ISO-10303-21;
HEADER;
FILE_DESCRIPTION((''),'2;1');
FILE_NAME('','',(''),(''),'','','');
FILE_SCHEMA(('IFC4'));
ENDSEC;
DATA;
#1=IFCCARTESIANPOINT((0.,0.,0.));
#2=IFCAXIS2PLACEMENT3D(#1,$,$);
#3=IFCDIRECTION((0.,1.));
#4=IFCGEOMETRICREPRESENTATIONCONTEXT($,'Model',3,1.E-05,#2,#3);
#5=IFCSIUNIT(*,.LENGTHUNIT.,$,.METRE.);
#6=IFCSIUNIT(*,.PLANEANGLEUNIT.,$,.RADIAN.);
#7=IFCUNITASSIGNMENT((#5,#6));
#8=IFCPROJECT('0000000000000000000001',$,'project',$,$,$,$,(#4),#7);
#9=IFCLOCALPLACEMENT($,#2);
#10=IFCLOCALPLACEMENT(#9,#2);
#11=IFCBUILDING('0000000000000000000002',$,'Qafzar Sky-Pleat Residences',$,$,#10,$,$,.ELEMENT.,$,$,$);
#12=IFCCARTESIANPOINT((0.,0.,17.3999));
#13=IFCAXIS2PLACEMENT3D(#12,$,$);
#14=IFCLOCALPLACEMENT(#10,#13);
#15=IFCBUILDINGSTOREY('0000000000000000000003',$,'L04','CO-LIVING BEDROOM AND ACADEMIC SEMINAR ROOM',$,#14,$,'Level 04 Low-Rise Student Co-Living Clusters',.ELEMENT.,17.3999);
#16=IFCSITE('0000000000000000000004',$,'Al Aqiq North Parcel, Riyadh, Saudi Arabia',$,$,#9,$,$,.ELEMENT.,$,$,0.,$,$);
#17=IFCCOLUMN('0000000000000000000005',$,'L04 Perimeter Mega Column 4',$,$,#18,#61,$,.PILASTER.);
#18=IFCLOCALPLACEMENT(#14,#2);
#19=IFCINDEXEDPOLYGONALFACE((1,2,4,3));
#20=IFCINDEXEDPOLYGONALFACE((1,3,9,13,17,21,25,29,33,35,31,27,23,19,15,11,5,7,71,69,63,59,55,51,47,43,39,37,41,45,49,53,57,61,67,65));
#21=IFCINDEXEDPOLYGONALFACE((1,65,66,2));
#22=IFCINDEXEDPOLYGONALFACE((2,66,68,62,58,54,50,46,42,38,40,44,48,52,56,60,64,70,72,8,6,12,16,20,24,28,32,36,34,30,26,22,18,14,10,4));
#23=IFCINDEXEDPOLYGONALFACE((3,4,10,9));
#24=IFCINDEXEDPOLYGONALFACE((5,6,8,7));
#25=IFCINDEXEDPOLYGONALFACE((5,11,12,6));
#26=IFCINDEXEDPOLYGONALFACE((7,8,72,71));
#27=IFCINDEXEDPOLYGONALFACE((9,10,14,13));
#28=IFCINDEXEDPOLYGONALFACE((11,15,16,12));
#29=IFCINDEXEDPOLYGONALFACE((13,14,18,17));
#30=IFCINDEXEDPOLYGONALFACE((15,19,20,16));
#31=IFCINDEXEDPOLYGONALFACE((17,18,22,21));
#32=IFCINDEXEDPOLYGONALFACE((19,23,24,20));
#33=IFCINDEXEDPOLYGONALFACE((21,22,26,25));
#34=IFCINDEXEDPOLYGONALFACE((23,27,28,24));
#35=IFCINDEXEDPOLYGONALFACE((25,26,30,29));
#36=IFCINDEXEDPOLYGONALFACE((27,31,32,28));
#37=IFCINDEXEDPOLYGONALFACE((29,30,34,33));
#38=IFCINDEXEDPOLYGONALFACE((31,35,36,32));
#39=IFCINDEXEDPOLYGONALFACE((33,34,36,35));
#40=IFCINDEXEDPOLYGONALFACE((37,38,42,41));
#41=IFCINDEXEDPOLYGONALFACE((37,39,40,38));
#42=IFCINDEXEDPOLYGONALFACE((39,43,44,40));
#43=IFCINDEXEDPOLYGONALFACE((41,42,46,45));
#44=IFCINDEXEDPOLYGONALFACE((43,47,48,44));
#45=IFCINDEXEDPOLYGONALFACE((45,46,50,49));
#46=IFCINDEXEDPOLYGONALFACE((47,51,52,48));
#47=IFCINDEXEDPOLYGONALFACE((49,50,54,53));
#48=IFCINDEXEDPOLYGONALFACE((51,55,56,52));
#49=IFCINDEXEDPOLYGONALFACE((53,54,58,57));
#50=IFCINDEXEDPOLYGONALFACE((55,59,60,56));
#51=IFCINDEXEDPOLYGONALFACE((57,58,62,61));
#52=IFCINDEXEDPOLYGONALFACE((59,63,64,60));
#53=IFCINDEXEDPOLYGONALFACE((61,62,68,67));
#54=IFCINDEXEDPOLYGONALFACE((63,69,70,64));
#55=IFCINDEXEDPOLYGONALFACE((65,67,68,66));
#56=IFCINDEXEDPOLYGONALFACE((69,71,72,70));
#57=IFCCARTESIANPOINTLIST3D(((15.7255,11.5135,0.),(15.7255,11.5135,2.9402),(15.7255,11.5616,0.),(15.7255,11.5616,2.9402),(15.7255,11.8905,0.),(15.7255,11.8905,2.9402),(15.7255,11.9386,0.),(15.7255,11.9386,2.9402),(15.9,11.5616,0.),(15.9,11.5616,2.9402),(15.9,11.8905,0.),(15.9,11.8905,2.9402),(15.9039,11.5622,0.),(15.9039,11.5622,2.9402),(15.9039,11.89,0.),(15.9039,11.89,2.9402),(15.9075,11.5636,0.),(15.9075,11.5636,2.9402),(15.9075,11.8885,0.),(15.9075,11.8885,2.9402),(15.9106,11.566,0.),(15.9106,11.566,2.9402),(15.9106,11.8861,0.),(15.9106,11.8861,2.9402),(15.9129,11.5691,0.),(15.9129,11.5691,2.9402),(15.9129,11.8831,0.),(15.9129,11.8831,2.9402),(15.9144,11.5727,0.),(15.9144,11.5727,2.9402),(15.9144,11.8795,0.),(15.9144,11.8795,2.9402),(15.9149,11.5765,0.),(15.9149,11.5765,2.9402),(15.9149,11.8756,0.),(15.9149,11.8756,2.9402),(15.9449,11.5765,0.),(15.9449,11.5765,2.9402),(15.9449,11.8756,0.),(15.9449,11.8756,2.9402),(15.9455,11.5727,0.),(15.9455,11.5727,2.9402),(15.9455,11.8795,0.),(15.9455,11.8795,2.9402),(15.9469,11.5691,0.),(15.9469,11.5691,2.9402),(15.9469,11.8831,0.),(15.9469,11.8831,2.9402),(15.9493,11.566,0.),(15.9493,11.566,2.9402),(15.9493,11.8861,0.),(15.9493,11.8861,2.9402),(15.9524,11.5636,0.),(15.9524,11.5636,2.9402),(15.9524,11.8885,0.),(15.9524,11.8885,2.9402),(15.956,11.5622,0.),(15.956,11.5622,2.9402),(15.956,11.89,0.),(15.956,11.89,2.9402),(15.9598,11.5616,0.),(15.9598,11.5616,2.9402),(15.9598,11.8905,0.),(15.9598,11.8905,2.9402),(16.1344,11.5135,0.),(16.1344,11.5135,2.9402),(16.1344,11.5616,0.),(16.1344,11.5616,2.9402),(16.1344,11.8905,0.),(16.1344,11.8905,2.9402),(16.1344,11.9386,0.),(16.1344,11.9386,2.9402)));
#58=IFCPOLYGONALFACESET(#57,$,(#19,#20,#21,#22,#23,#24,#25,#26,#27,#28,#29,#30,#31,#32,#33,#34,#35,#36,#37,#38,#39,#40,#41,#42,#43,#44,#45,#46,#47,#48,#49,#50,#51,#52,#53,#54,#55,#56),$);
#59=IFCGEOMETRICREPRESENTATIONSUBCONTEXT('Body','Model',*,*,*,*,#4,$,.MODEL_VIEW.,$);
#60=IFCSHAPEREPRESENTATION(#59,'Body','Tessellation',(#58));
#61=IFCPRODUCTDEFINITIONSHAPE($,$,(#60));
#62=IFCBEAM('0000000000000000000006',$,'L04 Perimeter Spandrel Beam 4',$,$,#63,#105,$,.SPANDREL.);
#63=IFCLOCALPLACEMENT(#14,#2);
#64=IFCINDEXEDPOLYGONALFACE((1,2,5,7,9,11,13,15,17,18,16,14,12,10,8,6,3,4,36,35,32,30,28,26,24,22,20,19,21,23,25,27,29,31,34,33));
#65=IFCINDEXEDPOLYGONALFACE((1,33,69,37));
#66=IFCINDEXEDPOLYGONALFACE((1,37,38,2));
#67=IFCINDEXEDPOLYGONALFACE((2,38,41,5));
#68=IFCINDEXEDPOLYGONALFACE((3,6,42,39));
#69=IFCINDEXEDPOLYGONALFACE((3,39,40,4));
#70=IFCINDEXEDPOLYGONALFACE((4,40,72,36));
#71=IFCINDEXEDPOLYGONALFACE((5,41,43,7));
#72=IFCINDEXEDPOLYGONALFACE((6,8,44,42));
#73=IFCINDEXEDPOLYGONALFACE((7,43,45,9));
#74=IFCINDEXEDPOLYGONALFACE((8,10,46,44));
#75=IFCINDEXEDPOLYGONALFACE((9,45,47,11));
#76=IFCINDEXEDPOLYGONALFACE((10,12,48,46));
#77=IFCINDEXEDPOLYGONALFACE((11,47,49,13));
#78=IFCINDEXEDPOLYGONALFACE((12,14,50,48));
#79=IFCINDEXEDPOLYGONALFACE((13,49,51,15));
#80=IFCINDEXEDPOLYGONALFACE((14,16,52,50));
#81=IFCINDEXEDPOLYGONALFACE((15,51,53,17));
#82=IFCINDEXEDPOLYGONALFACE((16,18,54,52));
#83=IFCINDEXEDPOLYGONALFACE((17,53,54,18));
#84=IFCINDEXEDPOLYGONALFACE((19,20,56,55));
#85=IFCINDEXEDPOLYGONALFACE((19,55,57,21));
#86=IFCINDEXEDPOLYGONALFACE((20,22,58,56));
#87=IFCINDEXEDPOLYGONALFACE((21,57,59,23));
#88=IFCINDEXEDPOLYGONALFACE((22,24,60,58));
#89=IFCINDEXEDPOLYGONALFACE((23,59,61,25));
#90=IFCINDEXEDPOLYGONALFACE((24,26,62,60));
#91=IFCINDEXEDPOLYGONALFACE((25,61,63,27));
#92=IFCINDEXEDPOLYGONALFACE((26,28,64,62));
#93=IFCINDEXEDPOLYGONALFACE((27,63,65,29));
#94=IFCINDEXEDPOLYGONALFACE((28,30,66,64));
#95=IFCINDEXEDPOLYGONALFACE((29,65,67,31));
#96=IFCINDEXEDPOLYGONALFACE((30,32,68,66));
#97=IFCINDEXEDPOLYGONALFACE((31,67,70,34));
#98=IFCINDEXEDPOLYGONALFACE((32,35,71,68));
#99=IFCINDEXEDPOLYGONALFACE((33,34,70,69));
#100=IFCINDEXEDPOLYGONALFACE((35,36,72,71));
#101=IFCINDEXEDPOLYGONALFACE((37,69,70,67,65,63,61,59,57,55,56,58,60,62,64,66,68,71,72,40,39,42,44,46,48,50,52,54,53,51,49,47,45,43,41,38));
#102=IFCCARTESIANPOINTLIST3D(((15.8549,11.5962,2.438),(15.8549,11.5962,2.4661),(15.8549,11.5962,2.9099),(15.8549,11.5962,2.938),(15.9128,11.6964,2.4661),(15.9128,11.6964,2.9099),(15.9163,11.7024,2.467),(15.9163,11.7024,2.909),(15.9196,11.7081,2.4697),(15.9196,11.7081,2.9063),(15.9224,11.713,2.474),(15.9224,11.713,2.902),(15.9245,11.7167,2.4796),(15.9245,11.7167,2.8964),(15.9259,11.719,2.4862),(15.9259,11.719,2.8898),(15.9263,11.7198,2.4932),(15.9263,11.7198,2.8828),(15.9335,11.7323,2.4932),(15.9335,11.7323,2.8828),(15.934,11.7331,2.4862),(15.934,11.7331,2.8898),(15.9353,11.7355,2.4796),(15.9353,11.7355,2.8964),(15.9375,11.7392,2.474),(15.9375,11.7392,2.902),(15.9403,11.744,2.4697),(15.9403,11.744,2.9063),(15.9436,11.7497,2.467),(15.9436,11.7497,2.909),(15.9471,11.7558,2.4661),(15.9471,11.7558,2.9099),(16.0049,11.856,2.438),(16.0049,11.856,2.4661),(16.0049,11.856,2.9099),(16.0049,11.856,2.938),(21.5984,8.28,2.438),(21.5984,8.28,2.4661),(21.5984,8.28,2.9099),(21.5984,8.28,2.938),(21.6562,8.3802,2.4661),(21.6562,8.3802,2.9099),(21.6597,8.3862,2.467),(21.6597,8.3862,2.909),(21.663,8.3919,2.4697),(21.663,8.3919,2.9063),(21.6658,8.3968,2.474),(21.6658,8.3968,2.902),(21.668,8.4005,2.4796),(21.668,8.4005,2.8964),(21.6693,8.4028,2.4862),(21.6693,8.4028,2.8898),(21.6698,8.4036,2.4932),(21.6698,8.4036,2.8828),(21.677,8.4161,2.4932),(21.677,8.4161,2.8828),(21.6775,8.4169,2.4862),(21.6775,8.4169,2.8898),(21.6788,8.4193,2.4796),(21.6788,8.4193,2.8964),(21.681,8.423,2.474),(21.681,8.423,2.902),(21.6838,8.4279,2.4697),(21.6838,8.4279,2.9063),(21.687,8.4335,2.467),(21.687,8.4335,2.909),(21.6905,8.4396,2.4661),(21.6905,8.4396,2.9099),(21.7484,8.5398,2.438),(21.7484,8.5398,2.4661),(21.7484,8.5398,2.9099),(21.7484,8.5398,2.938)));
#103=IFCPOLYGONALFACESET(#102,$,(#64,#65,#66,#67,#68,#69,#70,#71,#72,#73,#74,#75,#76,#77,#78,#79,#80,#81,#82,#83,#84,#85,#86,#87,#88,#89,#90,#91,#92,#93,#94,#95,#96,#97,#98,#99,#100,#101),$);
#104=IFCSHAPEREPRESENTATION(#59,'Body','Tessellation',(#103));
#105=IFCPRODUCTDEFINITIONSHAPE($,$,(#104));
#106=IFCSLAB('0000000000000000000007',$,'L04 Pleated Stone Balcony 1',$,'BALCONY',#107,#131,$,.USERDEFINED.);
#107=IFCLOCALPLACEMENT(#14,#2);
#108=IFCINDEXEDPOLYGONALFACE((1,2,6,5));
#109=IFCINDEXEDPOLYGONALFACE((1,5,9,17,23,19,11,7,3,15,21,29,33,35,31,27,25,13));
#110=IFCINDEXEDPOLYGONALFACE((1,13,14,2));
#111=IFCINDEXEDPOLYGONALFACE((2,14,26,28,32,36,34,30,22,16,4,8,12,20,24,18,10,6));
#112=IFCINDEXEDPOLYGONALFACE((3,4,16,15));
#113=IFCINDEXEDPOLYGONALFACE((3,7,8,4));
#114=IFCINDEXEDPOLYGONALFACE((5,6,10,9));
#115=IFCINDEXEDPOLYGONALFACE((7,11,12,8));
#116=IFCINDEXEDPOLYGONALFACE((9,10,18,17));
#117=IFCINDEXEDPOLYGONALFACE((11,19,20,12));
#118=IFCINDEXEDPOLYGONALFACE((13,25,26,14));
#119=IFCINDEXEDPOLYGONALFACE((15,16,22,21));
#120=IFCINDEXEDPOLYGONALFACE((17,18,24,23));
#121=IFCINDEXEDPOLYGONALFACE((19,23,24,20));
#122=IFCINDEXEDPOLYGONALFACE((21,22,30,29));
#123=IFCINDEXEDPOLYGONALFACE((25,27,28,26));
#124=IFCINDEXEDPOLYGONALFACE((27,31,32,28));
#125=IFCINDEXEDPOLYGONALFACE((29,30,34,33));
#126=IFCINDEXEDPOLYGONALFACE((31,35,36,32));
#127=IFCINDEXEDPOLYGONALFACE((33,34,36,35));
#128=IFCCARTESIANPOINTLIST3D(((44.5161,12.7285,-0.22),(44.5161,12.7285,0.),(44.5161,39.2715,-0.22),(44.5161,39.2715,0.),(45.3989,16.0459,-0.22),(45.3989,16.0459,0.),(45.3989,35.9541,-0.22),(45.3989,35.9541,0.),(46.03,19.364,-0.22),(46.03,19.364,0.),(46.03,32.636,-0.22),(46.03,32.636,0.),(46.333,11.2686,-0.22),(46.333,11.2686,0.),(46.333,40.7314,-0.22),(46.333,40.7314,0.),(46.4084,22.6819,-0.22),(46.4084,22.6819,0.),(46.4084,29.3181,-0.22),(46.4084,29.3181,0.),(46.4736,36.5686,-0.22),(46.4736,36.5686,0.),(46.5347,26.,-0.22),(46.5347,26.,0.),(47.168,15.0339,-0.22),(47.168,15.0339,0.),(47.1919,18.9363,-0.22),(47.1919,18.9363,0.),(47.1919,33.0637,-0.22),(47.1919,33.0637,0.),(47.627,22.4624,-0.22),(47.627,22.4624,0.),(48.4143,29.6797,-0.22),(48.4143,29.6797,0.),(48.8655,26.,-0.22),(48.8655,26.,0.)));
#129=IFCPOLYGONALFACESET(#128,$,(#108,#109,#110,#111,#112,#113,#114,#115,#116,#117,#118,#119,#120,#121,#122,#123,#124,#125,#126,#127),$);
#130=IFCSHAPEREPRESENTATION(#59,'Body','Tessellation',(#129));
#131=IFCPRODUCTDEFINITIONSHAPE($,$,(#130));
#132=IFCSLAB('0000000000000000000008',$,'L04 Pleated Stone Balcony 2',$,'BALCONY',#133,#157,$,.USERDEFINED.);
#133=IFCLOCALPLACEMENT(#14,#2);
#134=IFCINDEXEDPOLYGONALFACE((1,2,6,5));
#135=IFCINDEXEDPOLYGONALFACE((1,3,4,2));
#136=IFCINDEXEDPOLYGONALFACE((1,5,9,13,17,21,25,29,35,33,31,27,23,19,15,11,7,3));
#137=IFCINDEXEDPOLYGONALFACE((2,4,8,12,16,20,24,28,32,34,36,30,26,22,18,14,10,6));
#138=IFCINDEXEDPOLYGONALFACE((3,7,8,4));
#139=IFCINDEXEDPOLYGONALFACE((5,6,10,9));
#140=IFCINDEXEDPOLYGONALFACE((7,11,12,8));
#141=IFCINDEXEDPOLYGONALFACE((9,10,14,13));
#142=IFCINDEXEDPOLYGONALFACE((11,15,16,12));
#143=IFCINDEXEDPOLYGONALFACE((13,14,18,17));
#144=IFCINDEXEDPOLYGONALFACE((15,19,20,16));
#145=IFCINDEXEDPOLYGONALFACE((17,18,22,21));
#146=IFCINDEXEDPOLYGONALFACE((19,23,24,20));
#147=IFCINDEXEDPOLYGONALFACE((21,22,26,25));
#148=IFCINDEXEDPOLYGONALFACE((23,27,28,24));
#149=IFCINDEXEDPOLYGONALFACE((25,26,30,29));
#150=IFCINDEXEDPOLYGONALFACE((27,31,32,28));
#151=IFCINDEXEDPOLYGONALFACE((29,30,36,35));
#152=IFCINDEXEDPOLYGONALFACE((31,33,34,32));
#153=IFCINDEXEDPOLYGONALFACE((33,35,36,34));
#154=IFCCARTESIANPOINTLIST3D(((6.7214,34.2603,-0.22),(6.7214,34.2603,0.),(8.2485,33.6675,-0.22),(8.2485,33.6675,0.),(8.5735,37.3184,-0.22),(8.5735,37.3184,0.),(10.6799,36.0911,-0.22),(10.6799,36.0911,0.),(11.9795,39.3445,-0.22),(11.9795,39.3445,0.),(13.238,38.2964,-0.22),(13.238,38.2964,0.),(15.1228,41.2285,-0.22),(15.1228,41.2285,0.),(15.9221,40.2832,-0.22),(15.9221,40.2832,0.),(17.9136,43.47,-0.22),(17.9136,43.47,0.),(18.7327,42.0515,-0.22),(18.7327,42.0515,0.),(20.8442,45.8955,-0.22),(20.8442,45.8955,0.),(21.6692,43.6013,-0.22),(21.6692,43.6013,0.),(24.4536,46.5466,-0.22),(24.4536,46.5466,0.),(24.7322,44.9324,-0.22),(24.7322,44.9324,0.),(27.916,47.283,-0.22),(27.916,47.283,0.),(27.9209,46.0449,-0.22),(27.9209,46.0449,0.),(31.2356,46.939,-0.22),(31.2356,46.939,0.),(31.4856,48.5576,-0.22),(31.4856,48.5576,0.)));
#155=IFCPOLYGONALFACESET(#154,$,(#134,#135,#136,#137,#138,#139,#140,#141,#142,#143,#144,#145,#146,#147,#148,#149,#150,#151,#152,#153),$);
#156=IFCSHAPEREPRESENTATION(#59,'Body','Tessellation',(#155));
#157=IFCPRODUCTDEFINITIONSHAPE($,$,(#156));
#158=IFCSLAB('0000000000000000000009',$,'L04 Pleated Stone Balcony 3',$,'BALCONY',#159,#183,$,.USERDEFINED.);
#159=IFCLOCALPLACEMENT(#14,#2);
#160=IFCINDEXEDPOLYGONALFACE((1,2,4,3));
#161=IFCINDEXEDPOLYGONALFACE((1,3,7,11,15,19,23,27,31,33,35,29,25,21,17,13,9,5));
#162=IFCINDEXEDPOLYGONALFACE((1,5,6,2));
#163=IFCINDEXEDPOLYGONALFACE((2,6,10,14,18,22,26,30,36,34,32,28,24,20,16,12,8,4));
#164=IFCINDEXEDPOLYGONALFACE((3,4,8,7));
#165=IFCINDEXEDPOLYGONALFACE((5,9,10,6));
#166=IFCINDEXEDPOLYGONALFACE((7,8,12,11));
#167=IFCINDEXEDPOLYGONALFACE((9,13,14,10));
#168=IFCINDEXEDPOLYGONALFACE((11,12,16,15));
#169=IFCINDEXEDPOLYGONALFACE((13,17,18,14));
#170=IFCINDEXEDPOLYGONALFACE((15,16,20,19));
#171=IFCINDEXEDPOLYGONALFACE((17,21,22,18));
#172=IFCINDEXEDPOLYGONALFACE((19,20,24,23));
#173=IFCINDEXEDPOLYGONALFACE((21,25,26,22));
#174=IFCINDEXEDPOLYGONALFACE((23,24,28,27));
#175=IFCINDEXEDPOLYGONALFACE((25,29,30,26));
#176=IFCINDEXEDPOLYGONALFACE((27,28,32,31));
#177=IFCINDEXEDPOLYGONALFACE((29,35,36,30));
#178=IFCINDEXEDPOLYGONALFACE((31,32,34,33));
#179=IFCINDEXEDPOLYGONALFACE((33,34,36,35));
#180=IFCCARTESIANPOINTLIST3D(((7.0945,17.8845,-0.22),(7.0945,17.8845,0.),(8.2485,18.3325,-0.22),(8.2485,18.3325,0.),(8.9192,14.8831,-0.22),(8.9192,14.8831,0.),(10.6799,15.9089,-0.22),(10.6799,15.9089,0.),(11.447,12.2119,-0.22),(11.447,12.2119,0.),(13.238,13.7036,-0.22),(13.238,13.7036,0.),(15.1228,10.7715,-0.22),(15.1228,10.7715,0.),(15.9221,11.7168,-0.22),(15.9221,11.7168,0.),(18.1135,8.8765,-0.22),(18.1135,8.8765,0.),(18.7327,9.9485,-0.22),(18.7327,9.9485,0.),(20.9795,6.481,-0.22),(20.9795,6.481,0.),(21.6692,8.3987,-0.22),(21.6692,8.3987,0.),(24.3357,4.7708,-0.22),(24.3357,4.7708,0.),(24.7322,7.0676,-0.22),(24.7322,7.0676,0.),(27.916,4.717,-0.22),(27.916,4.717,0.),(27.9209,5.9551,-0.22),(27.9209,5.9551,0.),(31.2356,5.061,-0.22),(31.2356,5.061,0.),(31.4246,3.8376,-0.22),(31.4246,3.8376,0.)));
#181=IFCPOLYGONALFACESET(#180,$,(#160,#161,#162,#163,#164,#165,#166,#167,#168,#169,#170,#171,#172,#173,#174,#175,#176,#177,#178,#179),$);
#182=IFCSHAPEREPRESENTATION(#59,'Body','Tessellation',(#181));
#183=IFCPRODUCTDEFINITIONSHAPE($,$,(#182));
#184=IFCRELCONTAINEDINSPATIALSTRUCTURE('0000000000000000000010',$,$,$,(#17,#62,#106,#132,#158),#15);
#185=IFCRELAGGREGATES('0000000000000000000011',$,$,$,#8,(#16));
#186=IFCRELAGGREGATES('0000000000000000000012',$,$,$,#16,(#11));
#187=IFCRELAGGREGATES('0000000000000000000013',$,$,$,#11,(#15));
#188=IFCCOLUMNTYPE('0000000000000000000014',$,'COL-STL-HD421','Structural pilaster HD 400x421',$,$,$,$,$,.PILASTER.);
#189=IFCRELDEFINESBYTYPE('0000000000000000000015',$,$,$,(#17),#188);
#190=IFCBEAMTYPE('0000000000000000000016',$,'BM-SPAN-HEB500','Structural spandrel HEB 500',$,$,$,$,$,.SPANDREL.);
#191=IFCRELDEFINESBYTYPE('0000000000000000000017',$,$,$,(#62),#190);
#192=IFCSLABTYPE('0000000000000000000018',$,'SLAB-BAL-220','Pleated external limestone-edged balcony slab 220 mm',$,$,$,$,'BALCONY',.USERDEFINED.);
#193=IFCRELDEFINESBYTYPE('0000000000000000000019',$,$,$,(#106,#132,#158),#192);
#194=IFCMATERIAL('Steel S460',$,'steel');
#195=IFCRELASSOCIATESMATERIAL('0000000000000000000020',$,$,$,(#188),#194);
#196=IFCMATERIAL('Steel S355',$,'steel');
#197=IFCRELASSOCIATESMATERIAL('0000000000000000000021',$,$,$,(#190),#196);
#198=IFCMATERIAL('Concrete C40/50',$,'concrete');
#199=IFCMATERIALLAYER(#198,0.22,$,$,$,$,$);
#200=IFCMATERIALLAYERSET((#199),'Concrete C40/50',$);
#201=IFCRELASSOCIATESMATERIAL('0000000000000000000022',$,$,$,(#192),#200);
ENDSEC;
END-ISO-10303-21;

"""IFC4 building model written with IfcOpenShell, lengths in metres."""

from ifc_helpers import new_model, si_unit, direction, frame, origin, origin_2d, place, context, subcontext, project, spatial, polyline, i_section, outline, extrude, source, transform, mapped, material, layer, layer_set, material_profile, profile_set, type_object, element, save


model = new_model("IFC4")

# Units and contexts
model_context = context("Model", 3, precision=1e-05, world=origin(), true_north=direction((0.0, 1.0)))
body_context = subcontext(model_context, "Body", "Model", "MODEL_VIEW")
ifc_project = project(units=[si_unit("LENGTHUNIT", "METRE"), si_unit("PLANEANGLEUNIT", "RADIAN")], contexts=[model_context])

# Site, building, storey
site_placement = place(None, origin())
site = spatial("IfcSite", under=ifc_project, at=site_placement, Name="Al Aqiq North Parcel, Riyadh, Saudi Arabia", CompositionType="ELEMENT", RefElevation=0.0)
building_placement = place(site_placement, origin())
building = spatial("IfcBuilding", under=site, at=building_placement, Name="Qafzar Sky-Pleat Residences", CompositionType="ELEMENT")
storey_placement = place(building_placement, frame((0.0, 0.0, 17.3999)))
storey = spatial("IfcBuildingStorey", under=building, at=storey_placement, Name="L04", Description="CO-LIVING BEDROOM AND ACADEMIC SEMINAR ROOM", LongName="Level 04 Low-Rise Student Co-Living Clusters", CompositionType="ELEMENT", Elevation=17.3999)

# Column
ifc_material_1 = material(Name="Steel S460", Category="steel")
ifc_material_profile_1 = material_profile(ifc_material_1, i_section(OverallWidth=0.4089, OverallDepth=0.425, WebThickness=0.03, FlangeThickness=0.0481, FilletRadius=0.0149, at=origin_2d()), Name="HD 400x421")
ifc_profile_set_1 = profile_set([ifc_material_profile_1], Name="Steel S460")
column_type = type_object("IfcColumnType", Name="COL-STL-HD421", Description="Structural pilaster HD 400x421", PredefinedType="PILASTER", material=ifc_profile_set_1)
shared_shape_1 = source(origin(), body_context, "Body", "SweptSolid", [
    extrude(i_section(OverallWidth=0.4089, OverallDepth=0.425, WebThickness=0.03, FlangeThickness=0.0481, FilletRadius=0.0149, at=origin_2d()), origin(), (0.0, 0.0, 1.0), 2.9402),
])
column_placement = place(storey_placement, frame((15.9299, 11.7261, 0.0), z_axis=(0.0, 0.0, 1.0), x_axis=(1.0, 0.0, 0.0)))
element("IfcColumn", 1, at=column_placement, inside=storey, type_object=column_type, Name="L04 Perimeter Mega Column 4", PredefinedType="PILASTER", context=body_context, shape_type="MappedRepresentation", body=[
    mapped(shared_shape_1, transform((0.0, 0.0, 0.0), x_axis=(1.0, 0.0, 0.0), y_axis=(0.0, 1.0, 0.0), z_axis=(0.0, 0.0, 1.0), scale=1.0)),
])

# Beam
ifc_material_2 = material(Name="Steel S355", Category="steel")
ifc_material_profile_2 = material_profile(ifc_material_2, i_section(OverallWidth=0.3, OverallDepth=0.5, WebThickness=0.0144, FlangeThickness=0.0281, FilletRadius=0.0271, at=origin_2d()), Name="HEB 500")
ifc_profile_set_2 = profile_set([ifc_material_profile_2], Name="Steel S355")
beam_type = type_object("IfcBeamType", Name="BM-SPAN-HEB500", Description="Structural spandrel HEB 500", PredefinedType="SPANDREL", material=ifc_profile_set_2)
shared_shape_2 = source(origin(), body_context, "Body", "SweptSolid", [
    extrude(i_section(OverallWidth=0.3, OverallDepth=0.5, WebThickness=0.0144, FlangeThickness=0.0281, FilletRadius=0.0271, at=origin_2d()), origin(), (0.0, 0.0, 1.0), 6.6321),
])
beam_placement = place(storey_placement, frame((15.9299, 11.7261, 2.688), z_axis=(0.866012, -0.500023, 0.0), x_axis=(0.500023, 0.866012, 0.0)))
element("IfcBeam", 2, at=beam_placement, inside=storey, type_object=beam_type, Name="L04 Perimeter Spandrel Beam 4", PredefinedType="SPANDREL", context=body_context, shape_type="MappedRepresentation", body=[
    mapped(shared_shape_2, transform((0.0, 0.0, 0.0), x_axis=(1.0, 0.0, 0.0), y_axis=(0.0, 1.0, 0.0), z_axis=(0.0, 0.0, 1.0), scale=1.0)),
])

# Slabs
ifc_material_3 = material(Name="Concrete C40/50", Category="concrete")
ifc_layer_1 = layer(ifc_material_3, 0.22)
ifc_layer_set_1 = layer_set([ifc_layer_1], Name="Concrete C40/50")
slab_type_1 = type_object("IfcSlabType", Name="SLAB-BAL-220", Description="Pleated external limestone-edged balcony slab 220 mm", ElementType="BALCONY", PredefinedType="USERDEFINED", material=ifc_layer_set_1)
slab_1_placement = place(storey_placement, frame((0.0, 0.0, -0.22)))
element("IfcSlab", 3, at=slab_1_placement, inside=storey, type_object=slab_type_1, Name="L04 Pleated Stone Balcony 1", ObjectType="BALCONY", PredefinedType="USERDEFINED", context=body_context, shape_type="SweptSolid", body=[
    extrude(outline(polyline([(45.3989, 16.0459), (46.03, 19.364), (46.4084, 22.6819), (46.5347, 26.0), (46.4084, 29.3181), (46.03, 32.636), (45.3989, 35.9541), (44.5161, 39.2715), (46.333, 40.7314), (46.4736, 36.5686), (47.1919, 33.0637), (48.4143, 29.6797), (48.8655, 26.0), (47.627, 22.4624), (47.1919, 18.9363), (47.168, 15.0339), (46.333, 11.2686), (44.5161, 12.7285), (45.3989, 16.0459)])), origin(), (0.0, 0.0, 1.0), 0.22),
])
slab_2_placement = place(storey_placement, frame((0.0, 0.0, -0.22)))
element("IfcSlab", 4, at=slab_2_placement, inside=storey, type_object=slab_type_1, Name="L04 Pleated Stone Balcony 2", ObjectType="BALCONY", PredefinedType="USERDEFINED", context=body_context, shape_type="SweptSolid", body=[
    extrude(outline(polyline([(27.9209, 46.0449), (24.7322, 44.9324), (21.6692, 43.6013), (18.7327, 42.0515), (15.9221, 40.2832), (13.238, 38.2964), (10.6799, 36.0911), (8.2485, 33.6675), (6.7214, 34.2603), (8.5735, 37.3184), (11.9795, 39.3445), (15.1228, 41.2285), (17.9136, 43.47), (20.8442, 45.8955), (24.4536, 46.5466), (27.916, 47.283), (31.4856, 48.5576), (31.2356, 46.939), (27.9209, 46.0449)])), origin(), (0.0, 0.0, 1.0), 0.22),
])
slab_3_placement = place(storey_placement, frame((0.0, 0.0, -0.22)))
element("IfcSlab", 5, at=slab_3_placement, inside=storey, type_object=slab_type_1, Name="L04 Pleated Stone Balcony 3", ObjectType="BALCONY", PredefinedType="USERDEFINED", context=body_context, shape_type="SweptSolid", body=[
    extrude(outline(polyline([(10.6799, 15.9089), (13.238, 13.7036), (15.9221, 11.7168), (18.7327, 9.9485), (21.6692, 8.3987), (24.7322, 7.0676), (27.9209, 5.9551), (31.2356, 5.061), (31.4246, 3.8376), (27.916, 4.717), (24.3357, 4.7708), (20.9795, 6.481), (18.1135, 8.8765), (15.1228, 10.7715), (11.447, 12.2119), (8.9192, 14.8831), (7.0945, 17.8845), (8.2485, 18.3325), (10.6799, 15.9089)])), origin(), (0.0, 0.0, 1.0), 0.22),
])

save(model, "model.ifc")
